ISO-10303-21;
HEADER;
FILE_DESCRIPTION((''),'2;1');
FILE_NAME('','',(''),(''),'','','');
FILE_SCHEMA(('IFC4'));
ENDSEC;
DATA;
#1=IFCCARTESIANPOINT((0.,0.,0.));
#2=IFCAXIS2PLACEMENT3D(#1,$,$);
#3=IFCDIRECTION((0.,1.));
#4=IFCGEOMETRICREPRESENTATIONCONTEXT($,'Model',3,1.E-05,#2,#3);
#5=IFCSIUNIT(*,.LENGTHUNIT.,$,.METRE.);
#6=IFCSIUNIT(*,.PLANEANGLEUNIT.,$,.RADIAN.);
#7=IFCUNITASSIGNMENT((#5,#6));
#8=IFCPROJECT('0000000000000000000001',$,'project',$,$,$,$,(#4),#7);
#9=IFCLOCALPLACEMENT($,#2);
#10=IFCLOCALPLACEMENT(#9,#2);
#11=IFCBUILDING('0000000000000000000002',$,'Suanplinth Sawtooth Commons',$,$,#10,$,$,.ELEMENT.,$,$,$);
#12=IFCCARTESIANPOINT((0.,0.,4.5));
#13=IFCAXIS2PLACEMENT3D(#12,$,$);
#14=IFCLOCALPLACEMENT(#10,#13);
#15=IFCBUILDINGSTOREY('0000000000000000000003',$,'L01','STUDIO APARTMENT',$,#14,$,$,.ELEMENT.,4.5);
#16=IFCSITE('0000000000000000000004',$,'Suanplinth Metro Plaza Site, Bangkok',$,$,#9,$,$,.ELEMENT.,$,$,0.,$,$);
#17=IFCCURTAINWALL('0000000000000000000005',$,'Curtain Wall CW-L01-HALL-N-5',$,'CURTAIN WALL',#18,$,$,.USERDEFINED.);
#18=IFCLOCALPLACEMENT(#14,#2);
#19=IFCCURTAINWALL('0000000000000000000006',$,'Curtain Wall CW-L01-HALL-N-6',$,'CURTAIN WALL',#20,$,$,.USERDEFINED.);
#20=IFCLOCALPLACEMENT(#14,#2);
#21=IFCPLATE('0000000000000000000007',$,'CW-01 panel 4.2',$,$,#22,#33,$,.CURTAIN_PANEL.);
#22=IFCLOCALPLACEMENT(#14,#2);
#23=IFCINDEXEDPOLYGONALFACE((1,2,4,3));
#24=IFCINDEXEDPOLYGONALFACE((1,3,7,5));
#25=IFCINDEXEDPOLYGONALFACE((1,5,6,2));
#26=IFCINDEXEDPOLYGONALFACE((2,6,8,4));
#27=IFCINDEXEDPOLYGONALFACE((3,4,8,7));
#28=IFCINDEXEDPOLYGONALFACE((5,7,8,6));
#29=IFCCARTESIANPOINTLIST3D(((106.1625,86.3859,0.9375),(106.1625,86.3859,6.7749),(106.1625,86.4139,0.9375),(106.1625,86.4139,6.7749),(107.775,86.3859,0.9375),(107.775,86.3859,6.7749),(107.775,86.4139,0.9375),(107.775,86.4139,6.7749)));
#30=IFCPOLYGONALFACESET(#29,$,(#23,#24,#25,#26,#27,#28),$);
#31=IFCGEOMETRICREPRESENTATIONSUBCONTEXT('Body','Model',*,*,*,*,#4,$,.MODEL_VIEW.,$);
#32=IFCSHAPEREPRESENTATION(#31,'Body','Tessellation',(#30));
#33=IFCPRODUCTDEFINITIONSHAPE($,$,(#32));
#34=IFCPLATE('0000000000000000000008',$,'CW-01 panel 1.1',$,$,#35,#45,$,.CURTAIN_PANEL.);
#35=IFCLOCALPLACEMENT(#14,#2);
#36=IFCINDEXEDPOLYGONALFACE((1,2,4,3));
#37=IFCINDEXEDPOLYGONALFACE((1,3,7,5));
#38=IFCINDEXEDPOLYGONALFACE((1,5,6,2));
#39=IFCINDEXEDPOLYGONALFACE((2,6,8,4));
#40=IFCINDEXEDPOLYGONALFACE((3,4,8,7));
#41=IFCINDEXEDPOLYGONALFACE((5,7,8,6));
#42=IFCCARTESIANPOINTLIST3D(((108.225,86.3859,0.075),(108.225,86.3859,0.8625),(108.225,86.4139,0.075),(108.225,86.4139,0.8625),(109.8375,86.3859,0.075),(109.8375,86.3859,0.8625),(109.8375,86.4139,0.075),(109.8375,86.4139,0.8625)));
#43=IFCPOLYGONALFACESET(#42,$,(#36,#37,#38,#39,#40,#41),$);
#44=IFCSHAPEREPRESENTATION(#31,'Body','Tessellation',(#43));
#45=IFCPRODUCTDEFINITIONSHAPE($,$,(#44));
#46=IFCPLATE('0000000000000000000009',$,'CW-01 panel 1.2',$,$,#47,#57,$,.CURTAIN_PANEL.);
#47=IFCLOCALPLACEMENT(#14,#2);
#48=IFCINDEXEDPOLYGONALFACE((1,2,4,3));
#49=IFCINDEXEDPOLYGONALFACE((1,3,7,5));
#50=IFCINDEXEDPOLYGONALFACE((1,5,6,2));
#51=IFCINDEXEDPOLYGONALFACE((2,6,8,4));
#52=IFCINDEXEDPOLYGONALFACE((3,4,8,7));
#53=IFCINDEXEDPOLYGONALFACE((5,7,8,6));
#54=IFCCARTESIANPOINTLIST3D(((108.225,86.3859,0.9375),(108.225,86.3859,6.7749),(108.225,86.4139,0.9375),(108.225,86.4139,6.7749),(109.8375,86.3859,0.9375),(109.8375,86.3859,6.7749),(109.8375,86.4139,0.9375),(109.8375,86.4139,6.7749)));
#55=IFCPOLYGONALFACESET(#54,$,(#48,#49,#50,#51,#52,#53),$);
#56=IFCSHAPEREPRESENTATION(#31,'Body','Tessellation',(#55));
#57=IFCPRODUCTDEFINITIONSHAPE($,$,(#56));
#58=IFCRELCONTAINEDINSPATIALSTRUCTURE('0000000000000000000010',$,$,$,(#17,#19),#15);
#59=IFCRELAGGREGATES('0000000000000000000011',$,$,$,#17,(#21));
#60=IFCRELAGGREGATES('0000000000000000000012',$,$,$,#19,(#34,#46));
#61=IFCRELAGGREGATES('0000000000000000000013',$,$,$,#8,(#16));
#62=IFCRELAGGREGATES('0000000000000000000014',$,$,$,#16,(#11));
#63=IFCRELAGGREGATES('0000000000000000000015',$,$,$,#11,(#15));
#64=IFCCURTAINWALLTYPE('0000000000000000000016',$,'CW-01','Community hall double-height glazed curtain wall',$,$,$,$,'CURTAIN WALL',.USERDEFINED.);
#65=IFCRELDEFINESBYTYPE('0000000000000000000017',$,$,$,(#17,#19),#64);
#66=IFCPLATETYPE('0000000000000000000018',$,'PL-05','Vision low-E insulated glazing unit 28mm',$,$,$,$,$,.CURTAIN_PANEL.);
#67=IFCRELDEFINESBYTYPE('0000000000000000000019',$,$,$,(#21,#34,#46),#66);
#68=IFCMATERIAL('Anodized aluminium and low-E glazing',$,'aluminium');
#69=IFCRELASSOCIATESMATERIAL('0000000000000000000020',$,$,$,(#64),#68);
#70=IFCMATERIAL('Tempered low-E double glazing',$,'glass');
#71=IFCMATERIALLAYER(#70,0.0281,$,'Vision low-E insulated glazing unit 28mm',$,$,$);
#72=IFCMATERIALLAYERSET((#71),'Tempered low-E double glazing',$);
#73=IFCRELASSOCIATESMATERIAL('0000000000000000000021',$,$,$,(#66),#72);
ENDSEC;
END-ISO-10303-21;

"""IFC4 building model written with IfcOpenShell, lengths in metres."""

from ifc_helpers import new_model, si_unit, direction, frame, origin, origin_2d, place, context, subcontext, project, spatial, rectangle, extrude, material, layer, layer_set, type_object, element, aggregate, save


model = new_model("IFC4")

# Units and contexts
model_context = context("Model", 3, precision=1e-05, world=origin(), true_north=direction((0.0, 1.0)))
body_context = subcontext(model_context, "Body", "Model", "MODEL_VIEW")
ifc_project = project(units=[si_unit("LENGTHUNIT", "METRE"), si_unit("PLANEANGLEUNIT", "RADIAN")], contexts=[model_context])

# Site, building, storey
site_placement = place(None, origin())
site = spatial("IfcSite", under=ifc_project, at=site_placement, Name="Suanplinth Metro Plaza Site, Bangkok", CompositionType="ELEMENT", RefElevation=0.0)
building_placement = place(site_placement, origin())
building = spatial("IfcBuilding", under=site, at=building_placement, Name="Suanplinth Sawtooth Commons", CompositionType="ELEMENT")
storey_placement = place(building_placement, frame((0.0, 0.0, 4.5)))
storey = spatial("IfcBuildingStorey", under=building, at=storey_placement, Name="L01", Description="STUDIO APARTMENT", CompositionType="ELEMENT", Elevation=4.5)

# Curtain walls
ifc_material_1 = material(Name="Anodized aluminium and low-E glazing", Category="aluminium")
curtain_wall_type = type_object("IfcCurtainWallType", Name="CW-01", Description="Community hall double-height glazed curtain wall", ElementType="CURTAIN WALL", PredefinedType="USERDEFINED", material=ifc_material_1)
curtain_wall_1_placement = place(storey_placement, origin())
curtain_wall_1 = element("IfcCurtainWall", 1, at=curtain_wall_1_placement, inside=storey, type_object=curtain_wall_type, Name="Curtain Wall CW-L01-HALL-N-5", ObjectType="CURTAIN WALL", PredefinedType="USERDEFINED")
curtain_wall_2_placement = place(storey_placement, origin())
curtain_wall_2 = element("IfcCurtainWall", 2, at=curtain_wall_2_placement, inside=storey, type_object=curtain_wall_type, Name="Curtain Wall CW-L01-HALL-N-6", ObjectType="CURTAIN WALL", PredefinedType="USERDEFINED")

# Plates
ifc_material_2 = material(Name="Tempered low-E double glazing", Category="glass")
ifc_layer = layer(ifc_material_2, 0.0281, Name="Vision low-E insulated glazing unit 28mm")
ifc_layer_set = layer_set([ifc_layer], Name="Tempered low-E double glazing")
plate_type = type_object("IfcPlateType", Name="PL-05", Description="Vision low-E insulated glazing unit 28mm", PredefinedType="CURTAIN_PANEL", material=ifc_layer_set)
plate_1_placement = place(storey_placement, frame((106.9688, 86.3999, 0.9375), z_axis=(0.0, 0.0, 1.0), x_axis=(1.0, 0.0, 0.0)))
plate_1 = element("IfcPlate", 3, at=plate_1_placement, type_object=plate_type, Name="CW-01 panel 4.2", PredefinedType="CURTAIN_PANEL", context=body_context, shape_type="SweptSolid", body=[
    extrude(rectangle(XDim=1.6125, YDim=0.0281, at=origin_2d()), origin(), (0.0, 0.0, 1.0), 5.8374),
])
aggregate(curtain_wall_1, [plate_1])
plate_2_placement = place(storey_placement, frame((109.0312, 86.3999, 0.075), z_axis=(0.0, 0.0, 1.0), x_axis=(1.0, 0.0, 0.0)))
plate_2 = element("IfcPlate", 4, at=plate_2_placement, type_object=plate_type, Name="CW-01 panel 1.1", PredefinedType="CURTAIN_PANEL", context=body_context, shape_type="SweptSolid", body=[
    extrude(rectangle(XDim=1.6125, YDim=0.0281, at=origin_2d()), origin(), (0.0, 0.0, 1.0), 0.7876),
])
plate_3_placement = place(storey_placement, frame((109.0312, 86.3999, 0.9375), z_axis=(0.0, 0.0, 1.0), x_axis=(1.0, 0.0, 0.0)))
plate_3 = element("IfcPlate", 5, at=plate_3_placement, type_object=plate_type, Name="CW-01 panel 1.2", PredefinedType="CURTAIN_PANEL", context=body_context, shape_type="SweptSolid", body=[
    extrude(rectangle(XDim=1.6125, YDim=0.0281, at=origin_2d()), origin(), (0.0, 0.0, 1.0), 5.8374),
])
aggregate(curtain_wall_2, [plate_2, plate_3])

save(model, "model.ifc")
